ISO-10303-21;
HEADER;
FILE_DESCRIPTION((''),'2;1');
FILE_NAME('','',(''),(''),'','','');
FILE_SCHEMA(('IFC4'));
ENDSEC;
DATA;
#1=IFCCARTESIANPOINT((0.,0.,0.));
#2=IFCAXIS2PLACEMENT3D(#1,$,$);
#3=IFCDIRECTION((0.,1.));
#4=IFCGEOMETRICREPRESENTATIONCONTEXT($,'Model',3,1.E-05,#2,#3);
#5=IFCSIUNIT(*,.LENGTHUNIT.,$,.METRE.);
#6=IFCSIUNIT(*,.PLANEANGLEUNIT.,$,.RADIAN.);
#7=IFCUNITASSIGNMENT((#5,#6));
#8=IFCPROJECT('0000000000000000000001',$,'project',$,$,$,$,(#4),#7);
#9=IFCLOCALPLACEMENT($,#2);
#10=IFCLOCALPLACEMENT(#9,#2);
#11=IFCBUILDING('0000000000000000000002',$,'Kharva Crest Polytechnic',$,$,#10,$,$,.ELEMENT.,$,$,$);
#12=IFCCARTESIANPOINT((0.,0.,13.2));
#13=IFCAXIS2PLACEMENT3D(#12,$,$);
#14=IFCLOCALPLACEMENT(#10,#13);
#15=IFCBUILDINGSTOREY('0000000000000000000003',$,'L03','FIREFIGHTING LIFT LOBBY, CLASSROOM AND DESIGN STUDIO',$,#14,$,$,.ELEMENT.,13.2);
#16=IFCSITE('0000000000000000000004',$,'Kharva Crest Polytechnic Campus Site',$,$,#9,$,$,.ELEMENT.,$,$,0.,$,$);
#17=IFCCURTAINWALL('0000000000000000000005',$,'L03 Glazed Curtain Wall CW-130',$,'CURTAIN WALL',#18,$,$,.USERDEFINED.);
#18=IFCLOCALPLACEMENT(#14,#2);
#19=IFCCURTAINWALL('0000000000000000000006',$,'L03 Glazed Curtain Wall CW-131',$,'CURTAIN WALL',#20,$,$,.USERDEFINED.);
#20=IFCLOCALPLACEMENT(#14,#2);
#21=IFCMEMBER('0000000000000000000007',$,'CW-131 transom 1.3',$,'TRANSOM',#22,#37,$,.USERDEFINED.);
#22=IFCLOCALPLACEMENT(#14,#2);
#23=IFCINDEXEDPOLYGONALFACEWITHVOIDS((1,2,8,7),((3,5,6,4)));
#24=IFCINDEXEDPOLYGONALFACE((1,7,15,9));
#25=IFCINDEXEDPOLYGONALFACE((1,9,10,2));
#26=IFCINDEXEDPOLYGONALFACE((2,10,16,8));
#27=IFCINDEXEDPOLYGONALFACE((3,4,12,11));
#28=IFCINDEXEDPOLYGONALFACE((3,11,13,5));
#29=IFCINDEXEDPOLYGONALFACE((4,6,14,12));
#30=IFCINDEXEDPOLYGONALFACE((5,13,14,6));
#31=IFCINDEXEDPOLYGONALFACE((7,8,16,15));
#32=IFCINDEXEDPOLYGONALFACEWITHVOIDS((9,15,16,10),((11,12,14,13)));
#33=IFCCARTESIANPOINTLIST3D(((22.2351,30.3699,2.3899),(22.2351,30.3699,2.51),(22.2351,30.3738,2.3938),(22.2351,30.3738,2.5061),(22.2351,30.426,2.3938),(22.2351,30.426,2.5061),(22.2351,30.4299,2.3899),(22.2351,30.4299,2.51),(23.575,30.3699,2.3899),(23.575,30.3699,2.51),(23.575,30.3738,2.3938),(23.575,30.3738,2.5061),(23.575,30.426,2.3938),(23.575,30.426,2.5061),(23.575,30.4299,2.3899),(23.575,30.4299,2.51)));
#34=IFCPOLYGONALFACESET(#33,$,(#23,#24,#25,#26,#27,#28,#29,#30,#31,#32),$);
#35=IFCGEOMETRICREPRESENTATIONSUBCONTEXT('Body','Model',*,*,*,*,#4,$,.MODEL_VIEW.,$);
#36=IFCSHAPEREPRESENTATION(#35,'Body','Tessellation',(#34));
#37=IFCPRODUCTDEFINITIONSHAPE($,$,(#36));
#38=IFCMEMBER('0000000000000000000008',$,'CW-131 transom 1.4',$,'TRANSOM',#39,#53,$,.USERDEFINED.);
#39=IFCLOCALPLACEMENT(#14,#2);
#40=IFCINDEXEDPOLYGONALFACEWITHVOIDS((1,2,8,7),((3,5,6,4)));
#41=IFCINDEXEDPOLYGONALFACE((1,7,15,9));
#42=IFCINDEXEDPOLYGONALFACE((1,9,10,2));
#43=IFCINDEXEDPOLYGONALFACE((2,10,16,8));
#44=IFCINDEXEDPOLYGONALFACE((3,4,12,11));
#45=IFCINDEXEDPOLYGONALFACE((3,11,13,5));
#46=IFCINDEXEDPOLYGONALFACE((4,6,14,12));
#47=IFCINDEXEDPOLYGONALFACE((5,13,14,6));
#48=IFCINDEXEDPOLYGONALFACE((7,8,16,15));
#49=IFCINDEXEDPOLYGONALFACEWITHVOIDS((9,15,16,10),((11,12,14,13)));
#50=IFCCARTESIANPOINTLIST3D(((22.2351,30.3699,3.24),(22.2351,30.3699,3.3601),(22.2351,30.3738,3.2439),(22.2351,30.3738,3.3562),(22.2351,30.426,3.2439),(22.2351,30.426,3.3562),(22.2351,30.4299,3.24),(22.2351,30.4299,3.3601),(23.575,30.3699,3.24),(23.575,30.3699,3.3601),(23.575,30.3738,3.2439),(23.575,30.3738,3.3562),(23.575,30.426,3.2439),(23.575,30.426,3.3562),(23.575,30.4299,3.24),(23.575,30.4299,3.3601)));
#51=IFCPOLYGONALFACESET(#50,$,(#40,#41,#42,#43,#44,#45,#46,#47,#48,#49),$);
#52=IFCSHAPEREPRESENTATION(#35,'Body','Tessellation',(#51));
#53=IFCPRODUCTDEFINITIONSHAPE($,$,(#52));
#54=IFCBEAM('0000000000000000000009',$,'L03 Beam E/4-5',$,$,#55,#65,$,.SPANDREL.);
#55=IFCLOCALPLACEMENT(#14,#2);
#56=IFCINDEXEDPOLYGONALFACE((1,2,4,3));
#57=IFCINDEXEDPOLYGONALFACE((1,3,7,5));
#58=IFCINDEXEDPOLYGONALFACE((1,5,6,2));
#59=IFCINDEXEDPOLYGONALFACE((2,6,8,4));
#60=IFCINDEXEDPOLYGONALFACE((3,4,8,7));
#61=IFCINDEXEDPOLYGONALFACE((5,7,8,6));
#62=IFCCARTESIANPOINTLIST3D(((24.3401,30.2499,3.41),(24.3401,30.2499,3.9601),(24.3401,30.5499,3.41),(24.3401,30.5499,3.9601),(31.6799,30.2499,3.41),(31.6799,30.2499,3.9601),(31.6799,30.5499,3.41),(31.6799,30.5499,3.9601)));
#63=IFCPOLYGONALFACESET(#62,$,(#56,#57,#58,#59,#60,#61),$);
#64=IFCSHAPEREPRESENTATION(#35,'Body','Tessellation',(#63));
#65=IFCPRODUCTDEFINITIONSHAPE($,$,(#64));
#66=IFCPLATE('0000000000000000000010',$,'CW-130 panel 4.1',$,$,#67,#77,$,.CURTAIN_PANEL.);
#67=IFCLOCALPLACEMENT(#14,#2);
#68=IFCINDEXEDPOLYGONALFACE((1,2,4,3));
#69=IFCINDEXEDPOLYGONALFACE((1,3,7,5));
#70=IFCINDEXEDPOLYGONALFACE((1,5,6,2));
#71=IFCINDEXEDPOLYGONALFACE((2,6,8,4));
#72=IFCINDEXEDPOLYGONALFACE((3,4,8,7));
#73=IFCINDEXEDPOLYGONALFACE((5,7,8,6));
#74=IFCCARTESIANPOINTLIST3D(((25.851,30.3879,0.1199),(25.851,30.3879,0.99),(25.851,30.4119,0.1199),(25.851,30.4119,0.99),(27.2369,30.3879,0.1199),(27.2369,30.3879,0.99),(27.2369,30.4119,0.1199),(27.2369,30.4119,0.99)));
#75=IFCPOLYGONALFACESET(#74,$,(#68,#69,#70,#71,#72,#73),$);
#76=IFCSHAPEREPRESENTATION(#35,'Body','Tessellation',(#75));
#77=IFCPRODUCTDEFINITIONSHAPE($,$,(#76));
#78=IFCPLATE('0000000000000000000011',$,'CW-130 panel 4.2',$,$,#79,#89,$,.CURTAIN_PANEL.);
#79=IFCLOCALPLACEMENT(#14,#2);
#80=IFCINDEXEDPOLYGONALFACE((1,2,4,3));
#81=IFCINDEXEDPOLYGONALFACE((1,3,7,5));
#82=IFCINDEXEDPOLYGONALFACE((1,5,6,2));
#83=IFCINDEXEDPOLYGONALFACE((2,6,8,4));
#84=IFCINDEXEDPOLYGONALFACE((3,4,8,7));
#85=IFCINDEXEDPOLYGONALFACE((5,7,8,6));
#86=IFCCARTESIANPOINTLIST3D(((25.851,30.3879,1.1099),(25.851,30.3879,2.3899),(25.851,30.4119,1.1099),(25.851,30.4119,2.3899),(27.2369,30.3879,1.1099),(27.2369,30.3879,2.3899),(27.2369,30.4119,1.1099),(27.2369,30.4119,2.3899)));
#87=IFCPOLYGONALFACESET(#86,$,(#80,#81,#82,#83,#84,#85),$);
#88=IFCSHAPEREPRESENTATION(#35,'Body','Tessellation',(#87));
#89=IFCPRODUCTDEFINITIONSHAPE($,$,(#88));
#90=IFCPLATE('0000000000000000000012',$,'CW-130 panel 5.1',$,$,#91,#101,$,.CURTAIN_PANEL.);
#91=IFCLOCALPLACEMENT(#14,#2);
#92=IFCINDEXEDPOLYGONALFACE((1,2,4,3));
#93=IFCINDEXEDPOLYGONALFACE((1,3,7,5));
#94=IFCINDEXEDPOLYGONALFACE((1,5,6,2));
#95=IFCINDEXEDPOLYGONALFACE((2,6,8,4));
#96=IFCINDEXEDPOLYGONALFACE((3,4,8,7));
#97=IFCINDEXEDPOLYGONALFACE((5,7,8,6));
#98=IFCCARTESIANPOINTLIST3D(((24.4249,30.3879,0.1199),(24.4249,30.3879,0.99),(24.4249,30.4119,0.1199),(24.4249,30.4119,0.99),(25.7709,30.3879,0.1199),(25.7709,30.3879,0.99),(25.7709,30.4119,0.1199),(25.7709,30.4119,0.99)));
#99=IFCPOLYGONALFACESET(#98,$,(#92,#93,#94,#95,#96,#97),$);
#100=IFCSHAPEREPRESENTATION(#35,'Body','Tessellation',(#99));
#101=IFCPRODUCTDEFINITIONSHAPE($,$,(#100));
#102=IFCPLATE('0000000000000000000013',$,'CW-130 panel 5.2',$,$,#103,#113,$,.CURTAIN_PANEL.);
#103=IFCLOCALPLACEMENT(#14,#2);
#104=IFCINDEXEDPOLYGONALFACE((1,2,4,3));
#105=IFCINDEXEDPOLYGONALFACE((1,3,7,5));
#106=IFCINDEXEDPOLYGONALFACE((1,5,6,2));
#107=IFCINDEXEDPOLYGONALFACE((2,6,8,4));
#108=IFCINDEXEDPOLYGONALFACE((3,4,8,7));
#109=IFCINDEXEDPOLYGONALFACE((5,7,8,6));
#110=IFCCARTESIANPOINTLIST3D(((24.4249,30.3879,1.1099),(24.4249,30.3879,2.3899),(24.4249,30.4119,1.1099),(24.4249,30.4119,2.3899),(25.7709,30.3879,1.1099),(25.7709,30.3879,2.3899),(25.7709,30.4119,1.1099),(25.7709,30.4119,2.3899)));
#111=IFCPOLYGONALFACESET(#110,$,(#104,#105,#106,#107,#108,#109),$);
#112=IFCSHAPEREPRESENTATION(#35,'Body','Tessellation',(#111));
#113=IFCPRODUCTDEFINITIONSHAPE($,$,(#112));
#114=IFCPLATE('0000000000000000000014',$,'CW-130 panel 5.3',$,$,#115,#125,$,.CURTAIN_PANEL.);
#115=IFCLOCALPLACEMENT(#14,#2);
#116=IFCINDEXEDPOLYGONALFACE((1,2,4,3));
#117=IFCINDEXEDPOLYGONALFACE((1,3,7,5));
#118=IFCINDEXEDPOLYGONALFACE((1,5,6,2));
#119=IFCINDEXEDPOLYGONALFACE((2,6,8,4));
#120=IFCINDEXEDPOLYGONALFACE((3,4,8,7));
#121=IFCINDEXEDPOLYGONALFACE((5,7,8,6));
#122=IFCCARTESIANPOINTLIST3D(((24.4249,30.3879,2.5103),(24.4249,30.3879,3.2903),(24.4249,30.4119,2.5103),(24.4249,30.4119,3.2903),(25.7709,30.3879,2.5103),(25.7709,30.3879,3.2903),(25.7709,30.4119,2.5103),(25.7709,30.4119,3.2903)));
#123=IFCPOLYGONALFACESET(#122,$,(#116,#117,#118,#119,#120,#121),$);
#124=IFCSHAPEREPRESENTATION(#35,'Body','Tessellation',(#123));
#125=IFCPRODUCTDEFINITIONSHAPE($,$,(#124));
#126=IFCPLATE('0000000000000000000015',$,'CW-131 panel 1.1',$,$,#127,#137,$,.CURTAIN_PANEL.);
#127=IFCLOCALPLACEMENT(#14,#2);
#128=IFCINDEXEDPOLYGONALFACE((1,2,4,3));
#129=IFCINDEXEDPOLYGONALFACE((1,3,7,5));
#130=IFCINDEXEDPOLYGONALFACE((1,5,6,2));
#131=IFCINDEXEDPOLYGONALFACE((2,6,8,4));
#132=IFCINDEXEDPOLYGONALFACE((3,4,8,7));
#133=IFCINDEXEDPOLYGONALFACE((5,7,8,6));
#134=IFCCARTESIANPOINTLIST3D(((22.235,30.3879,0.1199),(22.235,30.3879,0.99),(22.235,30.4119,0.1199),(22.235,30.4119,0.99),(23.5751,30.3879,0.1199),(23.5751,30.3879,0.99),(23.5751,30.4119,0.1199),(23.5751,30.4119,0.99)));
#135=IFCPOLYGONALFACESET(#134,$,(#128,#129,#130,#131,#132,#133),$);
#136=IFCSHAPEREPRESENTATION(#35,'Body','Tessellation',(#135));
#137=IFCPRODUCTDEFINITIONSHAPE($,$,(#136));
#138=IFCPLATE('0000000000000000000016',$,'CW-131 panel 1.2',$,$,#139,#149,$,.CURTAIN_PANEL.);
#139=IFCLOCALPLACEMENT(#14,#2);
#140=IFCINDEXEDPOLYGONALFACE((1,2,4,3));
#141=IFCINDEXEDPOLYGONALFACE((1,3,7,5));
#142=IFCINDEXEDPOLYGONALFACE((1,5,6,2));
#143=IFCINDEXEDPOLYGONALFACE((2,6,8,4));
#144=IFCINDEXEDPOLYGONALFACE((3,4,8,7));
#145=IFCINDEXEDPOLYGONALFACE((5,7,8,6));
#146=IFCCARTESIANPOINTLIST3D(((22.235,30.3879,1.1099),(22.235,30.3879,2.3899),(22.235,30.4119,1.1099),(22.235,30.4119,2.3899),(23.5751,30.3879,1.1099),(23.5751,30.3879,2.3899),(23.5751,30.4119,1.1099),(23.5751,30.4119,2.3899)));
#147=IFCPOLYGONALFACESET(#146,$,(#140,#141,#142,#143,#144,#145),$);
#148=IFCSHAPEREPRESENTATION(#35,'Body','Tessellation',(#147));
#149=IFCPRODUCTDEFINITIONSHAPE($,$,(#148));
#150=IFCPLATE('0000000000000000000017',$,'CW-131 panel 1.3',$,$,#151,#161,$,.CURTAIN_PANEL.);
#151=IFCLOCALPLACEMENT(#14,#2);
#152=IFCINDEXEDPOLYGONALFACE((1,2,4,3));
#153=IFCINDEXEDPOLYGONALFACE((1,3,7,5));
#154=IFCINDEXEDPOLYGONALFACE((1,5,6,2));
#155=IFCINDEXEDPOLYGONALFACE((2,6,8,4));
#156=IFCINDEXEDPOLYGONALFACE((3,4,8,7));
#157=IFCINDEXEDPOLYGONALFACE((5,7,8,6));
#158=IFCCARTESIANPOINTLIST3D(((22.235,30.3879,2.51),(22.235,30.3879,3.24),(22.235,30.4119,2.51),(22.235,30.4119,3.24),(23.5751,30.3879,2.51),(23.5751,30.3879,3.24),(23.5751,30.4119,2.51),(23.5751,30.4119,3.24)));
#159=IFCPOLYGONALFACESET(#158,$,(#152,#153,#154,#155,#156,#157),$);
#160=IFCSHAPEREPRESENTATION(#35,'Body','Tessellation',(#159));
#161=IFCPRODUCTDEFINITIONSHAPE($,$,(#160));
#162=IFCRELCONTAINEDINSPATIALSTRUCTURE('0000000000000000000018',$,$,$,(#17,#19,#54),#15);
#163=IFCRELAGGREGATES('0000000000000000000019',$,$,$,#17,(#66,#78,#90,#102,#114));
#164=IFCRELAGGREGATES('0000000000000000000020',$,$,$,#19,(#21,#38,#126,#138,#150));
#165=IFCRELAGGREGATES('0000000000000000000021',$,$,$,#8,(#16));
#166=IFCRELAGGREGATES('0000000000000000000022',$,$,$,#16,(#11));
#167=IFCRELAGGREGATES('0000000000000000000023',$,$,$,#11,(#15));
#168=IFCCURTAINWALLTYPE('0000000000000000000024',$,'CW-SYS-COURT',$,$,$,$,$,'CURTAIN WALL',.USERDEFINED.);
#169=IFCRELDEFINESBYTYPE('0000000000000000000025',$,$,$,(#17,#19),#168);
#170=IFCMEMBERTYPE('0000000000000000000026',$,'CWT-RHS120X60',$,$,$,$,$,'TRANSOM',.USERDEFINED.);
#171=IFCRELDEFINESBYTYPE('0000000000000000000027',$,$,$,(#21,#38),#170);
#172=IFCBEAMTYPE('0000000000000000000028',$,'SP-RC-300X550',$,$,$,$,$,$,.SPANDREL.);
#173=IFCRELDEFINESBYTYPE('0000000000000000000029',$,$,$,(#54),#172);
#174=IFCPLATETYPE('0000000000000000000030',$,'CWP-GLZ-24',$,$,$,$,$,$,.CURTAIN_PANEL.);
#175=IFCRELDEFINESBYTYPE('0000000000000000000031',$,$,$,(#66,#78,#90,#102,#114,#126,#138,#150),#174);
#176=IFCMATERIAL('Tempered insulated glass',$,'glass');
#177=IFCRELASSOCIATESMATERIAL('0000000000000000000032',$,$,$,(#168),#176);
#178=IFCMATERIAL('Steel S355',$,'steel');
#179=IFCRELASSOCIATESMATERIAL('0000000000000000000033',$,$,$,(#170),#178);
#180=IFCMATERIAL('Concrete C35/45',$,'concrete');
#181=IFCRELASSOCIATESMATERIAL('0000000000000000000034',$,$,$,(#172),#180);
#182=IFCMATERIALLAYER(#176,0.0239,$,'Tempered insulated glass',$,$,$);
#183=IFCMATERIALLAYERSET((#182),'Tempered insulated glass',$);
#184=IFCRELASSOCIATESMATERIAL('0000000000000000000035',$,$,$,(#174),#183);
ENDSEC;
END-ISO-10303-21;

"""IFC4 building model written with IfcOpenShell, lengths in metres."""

from ifc_helpers import new_model, si_unit, direction, frame, origin, origin_2d, place, context, subcontext, project, spatial, rectangle, hollow_rectangle, extrude, material, layer, layer_set, material_profile, profile_set, type_object, element, aggregate, save


model = new_model("IFC4")

# Units and contexts
model_context = context("Model", 3, precision=1e-05, world=origin(), true_north=direction((0.0, 1.0)))
body_context = subcontext(model_context, "Body", "Model", "MODEL_VIEW")
ifc_project = project(units=[si_unit("LENGTHUNIT", "METRE"), si_unit("PLANEANGLEUNIT", "RADIAN")], contexts=[model_context])

# Site, building, storey
site_placement = place(None, origin())
site = spatial("IfcSite", under=ifc_project, at=site_placement, Name="Kharva Crest Polytechnic Campus Site", CompositionType="ELEMENT", RefElevation=0.0)
building_placement = place(site_placement, origin())
building = spatial("IfcBuilding", under=site, at=building_placement, Name="Kharva Crest Polytechnic", CompositionType="ELEMENT")
storey_placement = place(building_placement, frame((0.0, 0.0, 13.2)))
storey = spatial("IfcBuildingStorey", under=building, at=storey_placement, Name="L03", Description="FIREFIGHTING LIFT LOBBY, CLASSROOM AND DESIGN STUDIO", CompositionType="ELEMENT", Elevation=13.2)

# Curtain walls
ifc_material_1 = material(Name="Tempered insulated glass", Category="glass")
curtain_wall_type = type_object("IfcCurtainWallType", Name="CW-SYS-COURT", ElementType="CURTAIN WALL", PredefinedType="USERDEFINED", material=ifc_material_1)
curtain_wall_1_placement = place(storey_placement, origin())
curtain_wall_1 = element("IfcCurtainWall", 1, at=curtain_wall_1_placement, inside=storey, type_object=curtain_wall_type, Name="L03 Glazed Curtain Wall CW-130", ObjectType="CURTAIN WALL", PredefinedType="USERDEFINED")
ifc_material_2 = material(Name="Steel S355", Category="steel")
curtain_wall_2_placement = place(storey_placement, origin())
curtain_wall_2 = element("IfcCurtainWall", 2, at=curtain_wall_2_placement, inside=storey, type_object=curtain_wall_type, Name="L03 Glazed Curtain Wall CW-131", ObjectType="CURTAIN WALL", PredefinedType="USERDEFINED")

# Members
ifc_material_profile_1 = material_profile(ifc_material_2, hollow_rectangle(XDim=0.0601, YDim=0.1201, WallThickness=0.0039, at=origin_2d()), Name="RHS 120X60X4.0")
ifc_profile_set_1 = profile_set([ifc_material_profile_1], Name="Steel S355")
member_type_1 = type_object("IfcMemberType", Name="CWT-RHS120X60", ElementType="TRANSOM", PredefinedType="USERDEFINED", material=ifc_profile_set_1)
member_1_placement = place(storey_placement, frame((23.575, 30.3999, 2.45), z_axis=(-1.0, 0.0, 0.0), x_axis=(0.0, -1.0, 0.0)))
member_1 = element("IfcMember", 3, at=member_1_placement, type_object=member_type_1, Name="CW-131 transom 1.3", ObjectType="TRANSOM", PredefinedType="USERDEFINED", context=body_context, shape_type="SweptSolid", body=[
    extrude(hollow_rectangle(XDim=0.0601, YDim=0.1201, WallThickness=0.0039, at=origin_2d()), origin(), (0.0, 0.0, 1.0), 1.3398),
])
member_2_placement = place(storey_placement, frame((23.575, 30.3999, 3.3), z_axis=(-1.0, 0.0, 0.0), x_axis=(0.0, -1.0, 0.0)))
member_2 = element("IfcMember", 4, at=member_2_placement, type_object=member_type_1, Name="CW-131 transom 1.4", ObjectType="TRANSOM", PredefinedType="USERDEFINED", context=body_context, shape_type="SweptSolid", body=[
    extrude(hollow_rectangle(XDim=0.0601, YDim=0.1201, WallThickness=0.0039, at=origin_2d()), origin(), (0.0, 0.0, 1.0), 1.3398),
])

# Beam
ifc_material_3 = material(Name="Concrete C35/45", Category="concrete")
ifc_material_profile_2 = material_profile(ifc_material_3, rectangle(XDim=0.3, YDim=0.55, at=origin_2d()), Name="RECT 300 X 550")
ifc_profile_set_2 = profile_set([ifc_material_profile_2], Name="Concrete C35/45")
beam_type = type_object("IfcBeamType", Name="SP-RC-300X550", PredefinedType="SPANDREL", material=ifc_profile_set_2)
beam_placement = place(storey_placement, frame((24.3401, 30.3999, 3.6851), z_axis=(1.0, 0.0, 0.0), x_axis=(0.0, 1.0, 0.0)))
element("IfcBeam", 5, at=beam_placement, inside=storey, type_object=beam_type, Name="L03 Beam E/4-5", PredefinedType="SPANDREL", context=body_context, shape_type="SweptSolid", body=[
    extrude(rectangle(XDim=0.3, YDim=0.55, at=origin_2d()), origin(), (0.0, 0.0, 1.0), 7.3398),
])

# Plates
ifc_layer = layer(ifc_material_1, 0.0239, Name="Tempered insulated glass")
ifc_layer_set = layer_set([ifc_layer], Name="Tempered insulated glass")
plate_type = type_object("IfcPlateType", Name="CWP-GLZ-24", PredefinedType="CURTAIN_PANEL", material=ifc_layer_set)
plate_1_placement = place(storey_placement, frame((26.5439, 30.3999, 0.1199), z_axis=(0.0, 0.0, 1.0), x_axis=(-1.0, 0.0, 0.0)))
plate_1 = element("IfcPlate", 6, at=plate_1_placement, type_object=plate_type, Name="CW-130 panel 4.1", PredefinedType="CURTAIN_PANEL", context=body_context, shape_type="SweptSolid", body=[
    extrude(rectangle(XDim=1.386, YDim=0.0239, at=origin_2d()), origin(), (0.0, 0.0, 1.0), 0.8701),
])
plate_2_placement = place(storey_placement, frame((26.5439, 30.3999, 1.1099), z_axis=(0.0, 0.0, 1.0), x_axis=(-1.0, 0.0, 0.0)))
plate_2 = element("IfcPlate", 7, at=plate_2_placement, type_object=plate_type, Name="CW-130 panel 4.2", PredefinedType="CURTAIN_PANEL", context=body_context, shape_type="SweptSolid", body=[
    extrude(rectangle(XDim=1.386, YDim=0.0239, at=origin_2d()), origin(), (0.0, 0.0, 1.0), 1.28),
])
plate_3_placement = place(storey_placement, frame((25.0979, 30.3999, 0.1199), z_axis=(0.0, 0.0, 1.0), x_axis=(-1.0, 0.0, 0.0)))
plate_3 = element("IfcPlate", 8, at=plate_3_placement, type_object=plate_type, Name="CW-130 panel 5.1", PredefinedType="CURTAIN_PANEL", context=body_context, shape_type="SweptSolid", body=[
    extrude(rectangle(XDim=1.3459, YDim=0.0239, at=origin_2d()), origin(), (0.0, 0.0, 1.0), 0.8701),
])
plate_4_placement = place(storey_placement, frame((25.0979, 30.3999, 1.1099), z_axis=(0.0, 0.0, 1.0), x_axis=(-1.0, 0.0, 0.0)))
plate_4 = element("IfcPlate", 9, at=plate_4_placement, type_object=plate_type, Name="CW-130 panel 5.2", PredefinedType="CURTAIN_PANEL", context=body_context, shape_type="SweptSolid", body=[
    extrude(rectangle(XDim=1.3459, YDim=0.0239, at=origin_2d()), origin(), (0.0, 0.0, 1.0), 1.28),
])
plate_5_placement = place(storey_placement, frame((25.0979, 30.3999, 2.5103), z_axis=(0.0, 0.0, 1.0), x_axis=(-1.0, 0.0, 0.0)))
plate_5 = element("IfcPlate", 10, at=plate_5_placement, type_object=plate_type, Name="CW-130 panel 5.3", PredefinedType="CURTAIN_PANEL", context=body_context, shape_type="SweptSolid", body=[
    extrude(rectangle(XDim=1.3459, YDim=0.0239, at=origin_2d()), origin(), (0.0, 0.0, 1.0), 0.78),
])
aggregate(curtain_wall_1, [plate_1, plate_2, plate_3, plate_4, plate_5])
plate_6_placement = place(storey_placement, frame((22.905, 30.3999, 0.1199), z_axis=(0.0, 0.0, 1.0), x_axis=(-1.0, 0.0, 0.0)))
plate_6 = element("IfcPlate", 11, at=plate_6_placement, type_object=plate_type, Name="CW-131 panel 1.1", PredefinedType="CURTAIN_PANEL", context=body_context, shape_type="SweptSolid", body=[
    extrude(rectangle(XDim=1.3401, YDim=0.0239, at=origin_2d()), origin(), (0.0, 0.0, 1.0), 0.8701),
])
plate_7_placement = place(storey_placement, frame((22.905, 30.3999, 1.1099), z_axis=(0.0, 0.0, 1.0), x_axis=(-1.0, 0.0, 0.0)))
plate_7 = element("IfcPlate", 12, at=plate_7_placement, type_object=plate_type, Name="CW-131 panel 1.2", PredefinedType="CURTAIN_PANEL", context=body_context, shape_type="SweptSolid", body=[
    extrude(rectangle(XDim=1.3401, YDim=0.0239, at=origin_2d()), origin(), (0.0, 0.0, 1.0), 1.28),
])
plate_8_placement = place(storey_placement, frame((22.905, 30.3999, 2.51), z_axis=(0.0, 0.0, 1.0), x_axis=(-1.0, 0.0, 0.0)))
plate_8 = element("IfcPlate", 13, at=plate_8_placement, type_object=plate_type, Name="CW-131 panel 1.3", PredefinedType="CURTAIN_PANEL", context=body_context, shape_type="SweptSolid", body=[
    extrude(rectangle(XDim=1.3401, YDim=0.0239, at=origin_2d()), origin(), (0.0, 0.0, 1.0), 0.73),
])
aggregate(curtain_wall_2, [member_1, member_2, plate_6, plate_7, plate_8])

save(model, "model.ifc")
